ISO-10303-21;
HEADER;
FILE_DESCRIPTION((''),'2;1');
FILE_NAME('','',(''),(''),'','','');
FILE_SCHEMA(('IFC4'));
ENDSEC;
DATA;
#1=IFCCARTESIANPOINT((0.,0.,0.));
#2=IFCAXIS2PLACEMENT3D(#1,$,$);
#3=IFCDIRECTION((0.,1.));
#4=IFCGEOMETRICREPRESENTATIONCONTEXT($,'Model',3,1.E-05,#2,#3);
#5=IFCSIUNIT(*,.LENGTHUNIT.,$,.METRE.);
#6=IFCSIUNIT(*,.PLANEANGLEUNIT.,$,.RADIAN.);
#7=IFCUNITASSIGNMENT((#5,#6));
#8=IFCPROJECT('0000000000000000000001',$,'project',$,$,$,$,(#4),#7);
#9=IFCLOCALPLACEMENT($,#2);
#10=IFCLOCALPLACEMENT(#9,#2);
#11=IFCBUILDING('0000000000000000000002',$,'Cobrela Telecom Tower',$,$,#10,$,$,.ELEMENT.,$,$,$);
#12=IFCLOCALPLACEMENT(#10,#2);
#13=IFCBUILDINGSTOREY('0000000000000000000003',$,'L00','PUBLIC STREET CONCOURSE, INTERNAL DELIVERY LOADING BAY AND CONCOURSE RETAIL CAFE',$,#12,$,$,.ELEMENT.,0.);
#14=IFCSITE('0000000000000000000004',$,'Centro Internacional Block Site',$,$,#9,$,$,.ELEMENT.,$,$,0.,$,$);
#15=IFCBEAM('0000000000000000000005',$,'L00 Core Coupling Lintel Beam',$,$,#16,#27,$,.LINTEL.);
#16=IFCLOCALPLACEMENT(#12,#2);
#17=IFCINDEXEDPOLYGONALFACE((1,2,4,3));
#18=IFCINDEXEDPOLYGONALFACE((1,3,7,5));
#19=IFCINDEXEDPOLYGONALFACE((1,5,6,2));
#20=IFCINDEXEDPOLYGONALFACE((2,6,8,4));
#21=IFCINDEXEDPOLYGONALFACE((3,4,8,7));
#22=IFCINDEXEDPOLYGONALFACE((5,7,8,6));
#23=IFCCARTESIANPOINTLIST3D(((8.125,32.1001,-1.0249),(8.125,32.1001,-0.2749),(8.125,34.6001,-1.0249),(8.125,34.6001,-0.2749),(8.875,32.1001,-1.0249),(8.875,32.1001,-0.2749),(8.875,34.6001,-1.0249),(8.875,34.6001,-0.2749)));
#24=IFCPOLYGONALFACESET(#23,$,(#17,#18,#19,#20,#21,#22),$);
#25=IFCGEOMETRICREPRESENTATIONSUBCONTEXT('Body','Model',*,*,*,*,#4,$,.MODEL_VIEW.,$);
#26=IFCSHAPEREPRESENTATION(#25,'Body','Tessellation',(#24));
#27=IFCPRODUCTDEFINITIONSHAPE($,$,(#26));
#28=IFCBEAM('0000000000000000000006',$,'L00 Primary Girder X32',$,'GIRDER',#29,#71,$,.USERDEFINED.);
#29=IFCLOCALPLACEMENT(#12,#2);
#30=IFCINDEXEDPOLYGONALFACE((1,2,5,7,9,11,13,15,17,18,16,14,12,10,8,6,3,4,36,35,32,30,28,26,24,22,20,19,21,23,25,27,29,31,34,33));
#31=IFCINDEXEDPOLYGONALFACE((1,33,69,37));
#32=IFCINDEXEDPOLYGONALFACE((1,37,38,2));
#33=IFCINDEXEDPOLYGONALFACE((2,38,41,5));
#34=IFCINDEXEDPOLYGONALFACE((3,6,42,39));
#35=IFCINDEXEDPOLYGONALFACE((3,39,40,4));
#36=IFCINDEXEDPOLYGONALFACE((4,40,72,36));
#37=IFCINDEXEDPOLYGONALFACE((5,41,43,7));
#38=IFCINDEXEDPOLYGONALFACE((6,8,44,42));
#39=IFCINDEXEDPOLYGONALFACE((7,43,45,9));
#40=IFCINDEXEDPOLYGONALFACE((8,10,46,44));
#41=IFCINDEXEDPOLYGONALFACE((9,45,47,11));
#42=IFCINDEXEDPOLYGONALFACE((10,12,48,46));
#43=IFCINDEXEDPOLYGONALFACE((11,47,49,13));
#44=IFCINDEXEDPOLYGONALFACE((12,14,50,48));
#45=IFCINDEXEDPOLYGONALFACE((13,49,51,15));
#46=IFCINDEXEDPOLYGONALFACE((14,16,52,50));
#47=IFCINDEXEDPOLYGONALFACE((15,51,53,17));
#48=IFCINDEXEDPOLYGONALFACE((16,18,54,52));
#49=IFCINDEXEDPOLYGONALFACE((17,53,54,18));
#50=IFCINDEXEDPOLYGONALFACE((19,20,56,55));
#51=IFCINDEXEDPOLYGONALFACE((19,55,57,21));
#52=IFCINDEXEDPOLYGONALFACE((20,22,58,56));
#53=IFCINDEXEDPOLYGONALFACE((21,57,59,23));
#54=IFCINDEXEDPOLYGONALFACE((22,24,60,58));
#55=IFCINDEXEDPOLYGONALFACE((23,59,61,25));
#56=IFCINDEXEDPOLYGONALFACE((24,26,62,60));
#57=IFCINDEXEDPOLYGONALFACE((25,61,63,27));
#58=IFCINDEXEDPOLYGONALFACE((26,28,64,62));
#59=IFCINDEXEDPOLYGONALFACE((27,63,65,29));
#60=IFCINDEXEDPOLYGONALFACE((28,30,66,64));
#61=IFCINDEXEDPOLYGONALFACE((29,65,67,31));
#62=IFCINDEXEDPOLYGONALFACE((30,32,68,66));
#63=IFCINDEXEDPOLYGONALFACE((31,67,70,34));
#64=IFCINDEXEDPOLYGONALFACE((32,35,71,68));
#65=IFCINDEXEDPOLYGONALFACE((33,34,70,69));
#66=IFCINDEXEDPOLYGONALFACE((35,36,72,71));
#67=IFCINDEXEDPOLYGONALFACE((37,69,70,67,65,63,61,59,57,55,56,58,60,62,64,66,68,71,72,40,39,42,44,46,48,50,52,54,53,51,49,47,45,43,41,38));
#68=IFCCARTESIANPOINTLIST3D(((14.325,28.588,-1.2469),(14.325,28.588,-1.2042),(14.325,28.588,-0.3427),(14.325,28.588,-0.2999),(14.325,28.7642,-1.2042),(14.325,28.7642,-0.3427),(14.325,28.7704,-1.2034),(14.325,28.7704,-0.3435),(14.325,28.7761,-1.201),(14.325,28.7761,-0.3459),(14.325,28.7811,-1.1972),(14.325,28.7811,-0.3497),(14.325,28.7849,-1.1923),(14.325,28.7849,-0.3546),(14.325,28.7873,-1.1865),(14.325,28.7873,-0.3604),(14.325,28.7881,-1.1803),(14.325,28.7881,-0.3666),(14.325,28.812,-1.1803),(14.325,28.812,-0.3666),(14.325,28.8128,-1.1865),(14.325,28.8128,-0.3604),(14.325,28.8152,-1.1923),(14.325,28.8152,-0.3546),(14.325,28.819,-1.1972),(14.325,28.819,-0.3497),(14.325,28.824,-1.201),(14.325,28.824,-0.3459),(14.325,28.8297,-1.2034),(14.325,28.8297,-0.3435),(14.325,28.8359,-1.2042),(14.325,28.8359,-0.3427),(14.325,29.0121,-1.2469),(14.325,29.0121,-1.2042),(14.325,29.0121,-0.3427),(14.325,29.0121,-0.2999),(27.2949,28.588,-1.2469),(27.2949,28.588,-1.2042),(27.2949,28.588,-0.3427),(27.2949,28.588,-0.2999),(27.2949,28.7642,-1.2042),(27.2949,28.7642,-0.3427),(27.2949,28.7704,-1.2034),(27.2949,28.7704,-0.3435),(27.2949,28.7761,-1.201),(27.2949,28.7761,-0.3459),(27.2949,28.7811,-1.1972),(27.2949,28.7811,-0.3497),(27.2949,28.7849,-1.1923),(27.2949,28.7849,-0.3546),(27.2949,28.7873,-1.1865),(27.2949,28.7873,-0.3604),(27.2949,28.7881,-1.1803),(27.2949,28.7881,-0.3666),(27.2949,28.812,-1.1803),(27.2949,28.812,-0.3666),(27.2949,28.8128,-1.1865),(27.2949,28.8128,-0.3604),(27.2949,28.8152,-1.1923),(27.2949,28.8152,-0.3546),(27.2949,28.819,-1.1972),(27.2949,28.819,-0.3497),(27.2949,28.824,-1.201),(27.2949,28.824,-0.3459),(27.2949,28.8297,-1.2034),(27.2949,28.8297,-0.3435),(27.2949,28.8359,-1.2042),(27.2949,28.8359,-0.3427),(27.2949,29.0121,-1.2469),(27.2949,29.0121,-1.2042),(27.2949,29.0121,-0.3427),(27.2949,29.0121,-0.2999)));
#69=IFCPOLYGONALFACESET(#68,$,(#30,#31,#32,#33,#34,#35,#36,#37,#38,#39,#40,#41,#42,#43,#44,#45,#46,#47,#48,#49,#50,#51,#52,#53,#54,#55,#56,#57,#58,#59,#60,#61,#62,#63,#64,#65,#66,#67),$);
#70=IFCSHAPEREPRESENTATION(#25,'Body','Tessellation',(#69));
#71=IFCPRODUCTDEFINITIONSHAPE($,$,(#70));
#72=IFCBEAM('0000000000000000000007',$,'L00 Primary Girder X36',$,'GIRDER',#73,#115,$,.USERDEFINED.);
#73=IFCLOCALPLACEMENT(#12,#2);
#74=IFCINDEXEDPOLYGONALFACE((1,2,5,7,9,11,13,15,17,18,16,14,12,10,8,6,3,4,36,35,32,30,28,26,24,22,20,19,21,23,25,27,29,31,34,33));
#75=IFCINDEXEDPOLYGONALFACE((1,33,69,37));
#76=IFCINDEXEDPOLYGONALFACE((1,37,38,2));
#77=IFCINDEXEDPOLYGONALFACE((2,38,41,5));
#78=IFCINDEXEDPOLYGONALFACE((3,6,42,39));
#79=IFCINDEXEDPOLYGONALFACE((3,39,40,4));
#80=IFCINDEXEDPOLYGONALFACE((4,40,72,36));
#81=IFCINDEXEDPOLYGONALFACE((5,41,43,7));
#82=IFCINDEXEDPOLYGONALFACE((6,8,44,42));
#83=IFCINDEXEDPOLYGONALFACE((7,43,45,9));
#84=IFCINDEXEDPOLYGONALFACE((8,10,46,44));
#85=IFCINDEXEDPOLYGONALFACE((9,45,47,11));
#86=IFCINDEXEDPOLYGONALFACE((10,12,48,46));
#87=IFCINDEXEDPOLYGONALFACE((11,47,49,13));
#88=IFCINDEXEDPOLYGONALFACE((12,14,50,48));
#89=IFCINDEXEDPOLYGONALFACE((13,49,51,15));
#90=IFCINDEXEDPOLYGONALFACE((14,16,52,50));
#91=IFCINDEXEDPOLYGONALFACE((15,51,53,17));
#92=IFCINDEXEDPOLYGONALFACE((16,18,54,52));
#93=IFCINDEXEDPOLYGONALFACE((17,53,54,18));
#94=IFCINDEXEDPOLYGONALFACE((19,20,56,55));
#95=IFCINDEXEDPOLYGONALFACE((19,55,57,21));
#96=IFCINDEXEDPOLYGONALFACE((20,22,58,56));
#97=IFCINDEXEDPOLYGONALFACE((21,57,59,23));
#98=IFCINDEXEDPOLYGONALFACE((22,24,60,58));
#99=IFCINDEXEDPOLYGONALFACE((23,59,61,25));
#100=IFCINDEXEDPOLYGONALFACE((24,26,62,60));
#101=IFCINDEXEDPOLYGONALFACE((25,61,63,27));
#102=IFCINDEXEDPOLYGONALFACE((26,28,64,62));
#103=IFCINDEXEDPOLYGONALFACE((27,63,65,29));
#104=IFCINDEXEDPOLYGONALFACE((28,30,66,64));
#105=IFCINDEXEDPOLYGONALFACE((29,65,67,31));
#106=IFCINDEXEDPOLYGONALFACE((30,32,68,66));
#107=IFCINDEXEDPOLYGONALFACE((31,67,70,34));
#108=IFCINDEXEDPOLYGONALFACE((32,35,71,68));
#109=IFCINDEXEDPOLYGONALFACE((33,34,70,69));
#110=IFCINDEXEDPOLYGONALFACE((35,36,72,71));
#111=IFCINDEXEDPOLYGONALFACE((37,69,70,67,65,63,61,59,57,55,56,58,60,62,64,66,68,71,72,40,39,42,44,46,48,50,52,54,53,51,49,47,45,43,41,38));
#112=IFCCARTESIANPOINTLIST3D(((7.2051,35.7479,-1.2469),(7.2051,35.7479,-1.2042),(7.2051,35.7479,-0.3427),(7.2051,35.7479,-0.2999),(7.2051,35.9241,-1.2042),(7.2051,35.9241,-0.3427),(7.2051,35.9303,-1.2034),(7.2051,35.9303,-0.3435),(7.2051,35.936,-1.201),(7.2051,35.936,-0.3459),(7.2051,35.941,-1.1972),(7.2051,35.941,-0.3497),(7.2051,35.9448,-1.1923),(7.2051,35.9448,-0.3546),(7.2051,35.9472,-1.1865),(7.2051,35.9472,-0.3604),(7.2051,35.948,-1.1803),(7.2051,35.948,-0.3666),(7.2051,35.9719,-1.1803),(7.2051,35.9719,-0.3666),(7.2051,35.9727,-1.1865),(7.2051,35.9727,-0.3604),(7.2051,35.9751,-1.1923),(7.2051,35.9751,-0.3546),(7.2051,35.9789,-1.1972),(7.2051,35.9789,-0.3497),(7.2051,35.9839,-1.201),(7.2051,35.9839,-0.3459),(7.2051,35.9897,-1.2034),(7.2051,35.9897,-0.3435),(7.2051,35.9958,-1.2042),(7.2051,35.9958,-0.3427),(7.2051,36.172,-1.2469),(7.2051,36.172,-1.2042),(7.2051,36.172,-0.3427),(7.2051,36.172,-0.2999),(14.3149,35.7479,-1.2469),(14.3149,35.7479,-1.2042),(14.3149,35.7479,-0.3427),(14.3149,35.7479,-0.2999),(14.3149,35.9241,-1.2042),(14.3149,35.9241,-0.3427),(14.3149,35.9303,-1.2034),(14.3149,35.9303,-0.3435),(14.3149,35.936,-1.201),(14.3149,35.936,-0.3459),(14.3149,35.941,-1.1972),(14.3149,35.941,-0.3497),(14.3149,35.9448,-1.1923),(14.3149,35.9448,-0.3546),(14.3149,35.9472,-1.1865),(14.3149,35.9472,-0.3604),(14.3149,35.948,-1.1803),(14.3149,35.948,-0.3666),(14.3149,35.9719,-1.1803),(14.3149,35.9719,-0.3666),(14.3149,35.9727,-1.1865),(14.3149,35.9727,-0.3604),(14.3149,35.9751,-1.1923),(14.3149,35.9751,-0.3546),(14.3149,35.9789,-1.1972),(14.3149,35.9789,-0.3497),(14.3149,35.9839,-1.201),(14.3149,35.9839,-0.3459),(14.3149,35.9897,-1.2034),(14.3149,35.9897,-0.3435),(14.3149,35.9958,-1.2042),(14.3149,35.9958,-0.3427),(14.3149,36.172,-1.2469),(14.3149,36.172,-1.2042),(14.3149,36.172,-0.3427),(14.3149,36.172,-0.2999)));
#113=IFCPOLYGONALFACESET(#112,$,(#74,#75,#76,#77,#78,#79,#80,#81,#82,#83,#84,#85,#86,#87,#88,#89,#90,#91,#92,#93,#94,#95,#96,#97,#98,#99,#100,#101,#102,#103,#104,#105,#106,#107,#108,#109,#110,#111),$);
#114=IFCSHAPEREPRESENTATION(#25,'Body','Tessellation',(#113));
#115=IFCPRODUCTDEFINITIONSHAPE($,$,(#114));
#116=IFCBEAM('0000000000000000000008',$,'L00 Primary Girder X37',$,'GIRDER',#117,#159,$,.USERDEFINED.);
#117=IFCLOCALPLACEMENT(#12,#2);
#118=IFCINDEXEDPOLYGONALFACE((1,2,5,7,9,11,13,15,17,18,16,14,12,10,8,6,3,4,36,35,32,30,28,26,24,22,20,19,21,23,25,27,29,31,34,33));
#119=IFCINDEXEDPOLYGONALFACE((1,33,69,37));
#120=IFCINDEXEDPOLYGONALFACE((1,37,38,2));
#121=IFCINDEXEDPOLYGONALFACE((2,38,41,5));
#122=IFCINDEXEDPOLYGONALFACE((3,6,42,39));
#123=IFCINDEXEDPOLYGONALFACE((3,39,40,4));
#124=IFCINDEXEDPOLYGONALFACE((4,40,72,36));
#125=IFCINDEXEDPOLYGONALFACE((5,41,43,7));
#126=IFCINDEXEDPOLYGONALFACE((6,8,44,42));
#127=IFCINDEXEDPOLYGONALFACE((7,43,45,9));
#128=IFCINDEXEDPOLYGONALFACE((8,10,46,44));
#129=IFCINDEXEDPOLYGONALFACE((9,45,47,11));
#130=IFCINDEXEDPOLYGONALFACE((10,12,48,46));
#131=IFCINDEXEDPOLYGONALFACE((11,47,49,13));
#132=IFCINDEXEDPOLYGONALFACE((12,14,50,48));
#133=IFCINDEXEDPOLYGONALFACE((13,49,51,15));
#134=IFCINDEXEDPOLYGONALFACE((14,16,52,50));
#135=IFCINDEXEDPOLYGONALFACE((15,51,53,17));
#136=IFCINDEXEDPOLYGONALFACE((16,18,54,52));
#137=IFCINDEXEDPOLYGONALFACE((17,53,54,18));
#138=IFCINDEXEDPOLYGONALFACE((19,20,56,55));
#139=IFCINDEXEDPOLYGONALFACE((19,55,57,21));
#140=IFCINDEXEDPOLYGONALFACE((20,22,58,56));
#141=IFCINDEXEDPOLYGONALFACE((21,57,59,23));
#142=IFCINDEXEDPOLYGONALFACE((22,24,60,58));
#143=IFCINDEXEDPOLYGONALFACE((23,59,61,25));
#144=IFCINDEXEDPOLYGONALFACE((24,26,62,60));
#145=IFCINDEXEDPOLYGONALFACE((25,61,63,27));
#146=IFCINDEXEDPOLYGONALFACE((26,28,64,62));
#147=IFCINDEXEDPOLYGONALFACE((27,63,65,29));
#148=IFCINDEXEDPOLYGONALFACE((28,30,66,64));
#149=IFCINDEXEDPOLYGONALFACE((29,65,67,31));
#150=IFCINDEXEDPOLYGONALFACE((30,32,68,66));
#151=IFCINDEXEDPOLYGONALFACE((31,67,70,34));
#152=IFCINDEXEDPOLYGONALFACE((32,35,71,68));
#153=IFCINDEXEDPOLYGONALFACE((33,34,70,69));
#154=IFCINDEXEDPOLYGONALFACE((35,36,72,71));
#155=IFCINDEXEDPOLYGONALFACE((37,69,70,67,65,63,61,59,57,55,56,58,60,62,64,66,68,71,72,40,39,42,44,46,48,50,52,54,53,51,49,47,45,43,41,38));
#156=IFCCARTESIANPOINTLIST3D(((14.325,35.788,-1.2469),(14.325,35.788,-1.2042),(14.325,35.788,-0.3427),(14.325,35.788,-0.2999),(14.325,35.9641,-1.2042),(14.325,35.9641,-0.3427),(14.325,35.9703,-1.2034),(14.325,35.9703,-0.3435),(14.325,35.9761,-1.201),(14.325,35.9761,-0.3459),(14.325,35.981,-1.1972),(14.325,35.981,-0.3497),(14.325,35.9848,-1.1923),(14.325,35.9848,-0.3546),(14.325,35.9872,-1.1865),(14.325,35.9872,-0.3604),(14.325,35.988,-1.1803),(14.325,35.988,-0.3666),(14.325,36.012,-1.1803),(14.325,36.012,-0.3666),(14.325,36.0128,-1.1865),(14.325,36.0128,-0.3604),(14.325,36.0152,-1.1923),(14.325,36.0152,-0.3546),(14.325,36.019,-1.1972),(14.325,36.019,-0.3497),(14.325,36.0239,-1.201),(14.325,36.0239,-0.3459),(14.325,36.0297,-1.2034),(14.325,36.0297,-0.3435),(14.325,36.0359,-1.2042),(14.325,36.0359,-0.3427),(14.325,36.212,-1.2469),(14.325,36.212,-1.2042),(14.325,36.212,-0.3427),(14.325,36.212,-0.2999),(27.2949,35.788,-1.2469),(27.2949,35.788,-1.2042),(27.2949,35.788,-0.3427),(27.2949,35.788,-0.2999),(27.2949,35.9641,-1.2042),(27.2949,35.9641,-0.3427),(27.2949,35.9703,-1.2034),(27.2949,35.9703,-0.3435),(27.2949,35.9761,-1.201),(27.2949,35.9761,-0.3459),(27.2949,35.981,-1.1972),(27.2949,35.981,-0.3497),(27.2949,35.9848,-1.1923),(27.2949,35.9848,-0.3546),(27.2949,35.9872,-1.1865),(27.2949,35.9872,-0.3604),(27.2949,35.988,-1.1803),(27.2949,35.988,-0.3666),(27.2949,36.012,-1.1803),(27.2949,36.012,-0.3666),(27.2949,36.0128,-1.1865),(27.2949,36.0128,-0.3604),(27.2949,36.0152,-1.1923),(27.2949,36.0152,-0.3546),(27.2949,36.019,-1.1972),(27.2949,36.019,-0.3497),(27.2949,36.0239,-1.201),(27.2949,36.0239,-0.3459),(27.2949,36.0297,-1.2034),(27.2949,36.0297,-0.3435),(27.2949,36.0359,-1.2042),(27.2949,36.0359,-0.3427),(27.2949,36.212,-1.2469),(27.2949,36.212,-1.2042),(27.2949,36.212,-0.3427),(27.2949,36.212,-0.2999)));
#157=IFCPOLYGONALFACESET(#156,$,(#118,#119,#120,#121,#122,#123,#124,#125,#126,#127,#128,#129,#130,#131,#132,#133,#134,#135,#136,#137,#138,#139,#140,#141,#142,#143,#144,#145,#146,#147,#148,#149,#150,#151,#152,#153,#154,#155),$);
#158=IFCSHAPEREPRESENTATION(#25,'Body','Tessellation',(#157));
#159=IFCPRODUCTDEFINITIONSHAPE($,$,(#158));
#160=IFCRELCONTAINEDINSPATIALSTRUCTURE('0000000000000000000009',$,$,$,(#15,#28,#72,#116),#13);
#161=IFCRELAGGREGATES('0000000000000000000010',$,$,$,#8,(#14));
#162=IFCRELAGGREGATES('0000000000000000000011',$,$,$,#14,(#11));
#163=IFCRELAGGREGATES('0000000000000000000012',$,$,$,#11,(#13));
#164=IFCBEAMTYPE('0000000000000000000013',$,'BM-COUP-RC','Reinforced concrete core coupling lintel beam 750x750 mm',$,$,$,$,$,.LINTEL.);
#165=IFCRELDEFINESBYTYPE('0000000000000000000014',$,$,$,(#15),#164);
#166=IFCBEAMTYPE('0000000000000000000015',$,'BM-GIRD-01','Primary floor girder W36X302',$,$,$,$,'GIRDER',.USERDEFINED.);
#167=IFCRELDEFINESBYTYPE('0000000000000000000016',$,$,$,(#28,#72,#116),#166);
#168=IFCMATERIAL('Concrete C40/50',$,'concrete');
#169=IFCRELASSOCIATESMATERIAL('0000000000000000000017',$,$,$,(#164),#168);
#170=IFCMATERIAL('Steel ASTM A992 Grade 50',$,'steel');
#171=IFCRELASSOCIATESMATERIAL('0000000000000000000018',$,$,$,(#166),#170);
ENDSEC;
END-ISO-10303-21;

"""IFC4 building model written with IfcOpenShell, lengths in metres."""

from ifc_helpers import new_model, si_unit, direction, frame, origin, origin_2d, place, context, subcontext, project, spatial, rectangle, i_section, extrude, material, material_profile, profile_set, type_object, element, save


model = new_model("IFC4")

# Units and contexts
model_context = context("Model", 3, precision=1e-05, world=origin(), true_north=direction((0.0, 1.0)))
body_context = subcontext(model_context, "Body", "Model", "MODEL_VIEW")
ifc_project = project(units=[si_unit("LENGTHUNIT", "METRE"), si_unit("PLANEANGLEUNIT", "RADIAN")], contexts=[model_context])

# Site, building, storey
site_placement = place(None, origin())
site = spatial("IfcSite", under=ifc_project, at=site_placement, Name="Centro Internacional Block Site", CompositionType="ELEMENT", RefElevation=0.0)
building_placement = place(site_placement, origin())
building = spatial("IfcBuilding", under=site, at=building_placement, Name="Cobrela Telecom Tower", CompositionType="ELEMENT")
storey_placement = place(building_placement, origin())
storey = spatial("IfcBuildingStorey", under=building, at=storey_placement, Name="L00", Description="PUBLIC STREET CONCOURSE, INTERNAL DELIVERY LOADING BAY AND CONCOURSE RETAIL CAFE", CompositionType="ELEMENT", Elevation=0.0)

# Beams
ifc_material_1 = material(Name="Concrete C40/50", Category="concrete")
ifc_material_profile_1 = material_profile(ifc_material_1, rectangle(XDim=0.75, YDim=0.75, at=origin_2d()), Name="RC 750x750")
ifc_profile_set_1 = profile_set([ifc_material_profile_1], Name="Concrete C40/50")
beam_type_1 = type_object("IfcBeamType", Name="BM-COUP-RC", Description="Reinforced concrete core coupling lintel beam 750x750 mm", PredefinedType="LINTEL", material=ifc_profile_set_1)
beam_1_placement = place(storey_placement, frame((8.5, 32.1001, -0.6499), z_axis=(0.0, 1.0, 0.0), x_axis=(-1.0, 0.0, 0.0)))
element("IfcBeam", 1, at=beam_1_placement, inside=storey, type_object=beam_type_1, Name="L00 Core Coupling Lintel Beam", PredefinedType="LINTEL", context=body_context, shape_type="SweptSolid", body=[
    extrude(rectangle(XDim=0.75, YDim=0.75, at=origin_2d()), origin(), (0.0, 0.0, 1.0), 2.5),
])
ifc_material_2 = material(Name="Steel ASTM A992 Grade 50", Category="steel")
ifc_material_profile_2 = material_profile(ifc_material_2, i_section(OverallWidth=0.4241, OverallDepth=0.947, WebThickness=0.0239, FlangeThickness=0.0427, FilletRadius=0.0239, at=origin_2d()), Name="W36X302")
ifc_profile_set_2 = profile_set([ifc_material_profile_2], Name="Steel ASTM A992 Grade 50")
beam_type_2 = type_object("IfcBeamType", Name="BM-GIRD-01", Description="Primary floor girder W36X302", ElementType="GIRDER", PredefinedType="USERDEFINED", material=ifc_profile_set_2)
beam_2_placement = place(storey_placement, frame((14.325, 28.8, -0.7734), z_axis=(1.0, 0.0, 0.0), x_axis=(0.0, 1.0, 0.0)))
element("IfcBeam", 2, at=beam_2_placement, inside=storey, type_object=beam_type_2, Name="L00 Primary Girder X32", ObjectType="GIRDER", PredefinedType="USERDEFINED", context=body_context, shape_type="SweptSolid", body=[
    extrude(i_section(OverallWidth=0.4241, OverallDepth=0.947, WebThickness=0.0239, FlangeThickness=0.0427, FilletRadius=0.0239, at=origin_2d()), origin(), (0.0, 0.0, 1.0), 12.97),
])
beam_3_placement = place(storey_placement, frame((7.2051, 35.96, -0.7734), z_axis=(1.0, 0.0, 0.0), x_axis=(0.0, 1.0, 0.0)))
element("IfcBeam", 3, at=beam_3_placement, inside=storey, type_object=beam_type_2, Name="L00 Primary Girder X36", ObjectType="GIRDER", PredefinedType="USERDEFINED", context=body_context, shape_type="SweptSolid", body=[
    extrude(i_section(OverallWidth=0.4241, OverallDepth=0.947, WebThickness=0.0239, FlangeThickness=0.0427, FilletRadius=0.0239, at=origin_2d()), origin(), (0.0, 0.0, 1.0), 7.1099),
])
beam_4_placement = place(storey_placement, frame((14.325, 36.0, -0.7734), z_axis=(1.0, 0.0, 0.0), x_axis=(0.0, 1.0, 0.0)))
element("IfcBeam", 4, at=beam_4_placement, inside=storey, type_object=beam_type_2, Name="L00 Primary Girder X37", ObjectType="GIRDER", PredefinedType="USERDEFINED", context=body_context, shape_type="SweptSolid", body=[
    extrude(i_section(OverallWidth=0.4241, OverallDepth=0.947, WebThickness=0.0239, FlangeThickness=0.0427, FilletRadius=0.0239, at=origin_2d()), origin(), (0.0, 0.0, 1.0), 12.97),
])

save(model, "model.ifc")
